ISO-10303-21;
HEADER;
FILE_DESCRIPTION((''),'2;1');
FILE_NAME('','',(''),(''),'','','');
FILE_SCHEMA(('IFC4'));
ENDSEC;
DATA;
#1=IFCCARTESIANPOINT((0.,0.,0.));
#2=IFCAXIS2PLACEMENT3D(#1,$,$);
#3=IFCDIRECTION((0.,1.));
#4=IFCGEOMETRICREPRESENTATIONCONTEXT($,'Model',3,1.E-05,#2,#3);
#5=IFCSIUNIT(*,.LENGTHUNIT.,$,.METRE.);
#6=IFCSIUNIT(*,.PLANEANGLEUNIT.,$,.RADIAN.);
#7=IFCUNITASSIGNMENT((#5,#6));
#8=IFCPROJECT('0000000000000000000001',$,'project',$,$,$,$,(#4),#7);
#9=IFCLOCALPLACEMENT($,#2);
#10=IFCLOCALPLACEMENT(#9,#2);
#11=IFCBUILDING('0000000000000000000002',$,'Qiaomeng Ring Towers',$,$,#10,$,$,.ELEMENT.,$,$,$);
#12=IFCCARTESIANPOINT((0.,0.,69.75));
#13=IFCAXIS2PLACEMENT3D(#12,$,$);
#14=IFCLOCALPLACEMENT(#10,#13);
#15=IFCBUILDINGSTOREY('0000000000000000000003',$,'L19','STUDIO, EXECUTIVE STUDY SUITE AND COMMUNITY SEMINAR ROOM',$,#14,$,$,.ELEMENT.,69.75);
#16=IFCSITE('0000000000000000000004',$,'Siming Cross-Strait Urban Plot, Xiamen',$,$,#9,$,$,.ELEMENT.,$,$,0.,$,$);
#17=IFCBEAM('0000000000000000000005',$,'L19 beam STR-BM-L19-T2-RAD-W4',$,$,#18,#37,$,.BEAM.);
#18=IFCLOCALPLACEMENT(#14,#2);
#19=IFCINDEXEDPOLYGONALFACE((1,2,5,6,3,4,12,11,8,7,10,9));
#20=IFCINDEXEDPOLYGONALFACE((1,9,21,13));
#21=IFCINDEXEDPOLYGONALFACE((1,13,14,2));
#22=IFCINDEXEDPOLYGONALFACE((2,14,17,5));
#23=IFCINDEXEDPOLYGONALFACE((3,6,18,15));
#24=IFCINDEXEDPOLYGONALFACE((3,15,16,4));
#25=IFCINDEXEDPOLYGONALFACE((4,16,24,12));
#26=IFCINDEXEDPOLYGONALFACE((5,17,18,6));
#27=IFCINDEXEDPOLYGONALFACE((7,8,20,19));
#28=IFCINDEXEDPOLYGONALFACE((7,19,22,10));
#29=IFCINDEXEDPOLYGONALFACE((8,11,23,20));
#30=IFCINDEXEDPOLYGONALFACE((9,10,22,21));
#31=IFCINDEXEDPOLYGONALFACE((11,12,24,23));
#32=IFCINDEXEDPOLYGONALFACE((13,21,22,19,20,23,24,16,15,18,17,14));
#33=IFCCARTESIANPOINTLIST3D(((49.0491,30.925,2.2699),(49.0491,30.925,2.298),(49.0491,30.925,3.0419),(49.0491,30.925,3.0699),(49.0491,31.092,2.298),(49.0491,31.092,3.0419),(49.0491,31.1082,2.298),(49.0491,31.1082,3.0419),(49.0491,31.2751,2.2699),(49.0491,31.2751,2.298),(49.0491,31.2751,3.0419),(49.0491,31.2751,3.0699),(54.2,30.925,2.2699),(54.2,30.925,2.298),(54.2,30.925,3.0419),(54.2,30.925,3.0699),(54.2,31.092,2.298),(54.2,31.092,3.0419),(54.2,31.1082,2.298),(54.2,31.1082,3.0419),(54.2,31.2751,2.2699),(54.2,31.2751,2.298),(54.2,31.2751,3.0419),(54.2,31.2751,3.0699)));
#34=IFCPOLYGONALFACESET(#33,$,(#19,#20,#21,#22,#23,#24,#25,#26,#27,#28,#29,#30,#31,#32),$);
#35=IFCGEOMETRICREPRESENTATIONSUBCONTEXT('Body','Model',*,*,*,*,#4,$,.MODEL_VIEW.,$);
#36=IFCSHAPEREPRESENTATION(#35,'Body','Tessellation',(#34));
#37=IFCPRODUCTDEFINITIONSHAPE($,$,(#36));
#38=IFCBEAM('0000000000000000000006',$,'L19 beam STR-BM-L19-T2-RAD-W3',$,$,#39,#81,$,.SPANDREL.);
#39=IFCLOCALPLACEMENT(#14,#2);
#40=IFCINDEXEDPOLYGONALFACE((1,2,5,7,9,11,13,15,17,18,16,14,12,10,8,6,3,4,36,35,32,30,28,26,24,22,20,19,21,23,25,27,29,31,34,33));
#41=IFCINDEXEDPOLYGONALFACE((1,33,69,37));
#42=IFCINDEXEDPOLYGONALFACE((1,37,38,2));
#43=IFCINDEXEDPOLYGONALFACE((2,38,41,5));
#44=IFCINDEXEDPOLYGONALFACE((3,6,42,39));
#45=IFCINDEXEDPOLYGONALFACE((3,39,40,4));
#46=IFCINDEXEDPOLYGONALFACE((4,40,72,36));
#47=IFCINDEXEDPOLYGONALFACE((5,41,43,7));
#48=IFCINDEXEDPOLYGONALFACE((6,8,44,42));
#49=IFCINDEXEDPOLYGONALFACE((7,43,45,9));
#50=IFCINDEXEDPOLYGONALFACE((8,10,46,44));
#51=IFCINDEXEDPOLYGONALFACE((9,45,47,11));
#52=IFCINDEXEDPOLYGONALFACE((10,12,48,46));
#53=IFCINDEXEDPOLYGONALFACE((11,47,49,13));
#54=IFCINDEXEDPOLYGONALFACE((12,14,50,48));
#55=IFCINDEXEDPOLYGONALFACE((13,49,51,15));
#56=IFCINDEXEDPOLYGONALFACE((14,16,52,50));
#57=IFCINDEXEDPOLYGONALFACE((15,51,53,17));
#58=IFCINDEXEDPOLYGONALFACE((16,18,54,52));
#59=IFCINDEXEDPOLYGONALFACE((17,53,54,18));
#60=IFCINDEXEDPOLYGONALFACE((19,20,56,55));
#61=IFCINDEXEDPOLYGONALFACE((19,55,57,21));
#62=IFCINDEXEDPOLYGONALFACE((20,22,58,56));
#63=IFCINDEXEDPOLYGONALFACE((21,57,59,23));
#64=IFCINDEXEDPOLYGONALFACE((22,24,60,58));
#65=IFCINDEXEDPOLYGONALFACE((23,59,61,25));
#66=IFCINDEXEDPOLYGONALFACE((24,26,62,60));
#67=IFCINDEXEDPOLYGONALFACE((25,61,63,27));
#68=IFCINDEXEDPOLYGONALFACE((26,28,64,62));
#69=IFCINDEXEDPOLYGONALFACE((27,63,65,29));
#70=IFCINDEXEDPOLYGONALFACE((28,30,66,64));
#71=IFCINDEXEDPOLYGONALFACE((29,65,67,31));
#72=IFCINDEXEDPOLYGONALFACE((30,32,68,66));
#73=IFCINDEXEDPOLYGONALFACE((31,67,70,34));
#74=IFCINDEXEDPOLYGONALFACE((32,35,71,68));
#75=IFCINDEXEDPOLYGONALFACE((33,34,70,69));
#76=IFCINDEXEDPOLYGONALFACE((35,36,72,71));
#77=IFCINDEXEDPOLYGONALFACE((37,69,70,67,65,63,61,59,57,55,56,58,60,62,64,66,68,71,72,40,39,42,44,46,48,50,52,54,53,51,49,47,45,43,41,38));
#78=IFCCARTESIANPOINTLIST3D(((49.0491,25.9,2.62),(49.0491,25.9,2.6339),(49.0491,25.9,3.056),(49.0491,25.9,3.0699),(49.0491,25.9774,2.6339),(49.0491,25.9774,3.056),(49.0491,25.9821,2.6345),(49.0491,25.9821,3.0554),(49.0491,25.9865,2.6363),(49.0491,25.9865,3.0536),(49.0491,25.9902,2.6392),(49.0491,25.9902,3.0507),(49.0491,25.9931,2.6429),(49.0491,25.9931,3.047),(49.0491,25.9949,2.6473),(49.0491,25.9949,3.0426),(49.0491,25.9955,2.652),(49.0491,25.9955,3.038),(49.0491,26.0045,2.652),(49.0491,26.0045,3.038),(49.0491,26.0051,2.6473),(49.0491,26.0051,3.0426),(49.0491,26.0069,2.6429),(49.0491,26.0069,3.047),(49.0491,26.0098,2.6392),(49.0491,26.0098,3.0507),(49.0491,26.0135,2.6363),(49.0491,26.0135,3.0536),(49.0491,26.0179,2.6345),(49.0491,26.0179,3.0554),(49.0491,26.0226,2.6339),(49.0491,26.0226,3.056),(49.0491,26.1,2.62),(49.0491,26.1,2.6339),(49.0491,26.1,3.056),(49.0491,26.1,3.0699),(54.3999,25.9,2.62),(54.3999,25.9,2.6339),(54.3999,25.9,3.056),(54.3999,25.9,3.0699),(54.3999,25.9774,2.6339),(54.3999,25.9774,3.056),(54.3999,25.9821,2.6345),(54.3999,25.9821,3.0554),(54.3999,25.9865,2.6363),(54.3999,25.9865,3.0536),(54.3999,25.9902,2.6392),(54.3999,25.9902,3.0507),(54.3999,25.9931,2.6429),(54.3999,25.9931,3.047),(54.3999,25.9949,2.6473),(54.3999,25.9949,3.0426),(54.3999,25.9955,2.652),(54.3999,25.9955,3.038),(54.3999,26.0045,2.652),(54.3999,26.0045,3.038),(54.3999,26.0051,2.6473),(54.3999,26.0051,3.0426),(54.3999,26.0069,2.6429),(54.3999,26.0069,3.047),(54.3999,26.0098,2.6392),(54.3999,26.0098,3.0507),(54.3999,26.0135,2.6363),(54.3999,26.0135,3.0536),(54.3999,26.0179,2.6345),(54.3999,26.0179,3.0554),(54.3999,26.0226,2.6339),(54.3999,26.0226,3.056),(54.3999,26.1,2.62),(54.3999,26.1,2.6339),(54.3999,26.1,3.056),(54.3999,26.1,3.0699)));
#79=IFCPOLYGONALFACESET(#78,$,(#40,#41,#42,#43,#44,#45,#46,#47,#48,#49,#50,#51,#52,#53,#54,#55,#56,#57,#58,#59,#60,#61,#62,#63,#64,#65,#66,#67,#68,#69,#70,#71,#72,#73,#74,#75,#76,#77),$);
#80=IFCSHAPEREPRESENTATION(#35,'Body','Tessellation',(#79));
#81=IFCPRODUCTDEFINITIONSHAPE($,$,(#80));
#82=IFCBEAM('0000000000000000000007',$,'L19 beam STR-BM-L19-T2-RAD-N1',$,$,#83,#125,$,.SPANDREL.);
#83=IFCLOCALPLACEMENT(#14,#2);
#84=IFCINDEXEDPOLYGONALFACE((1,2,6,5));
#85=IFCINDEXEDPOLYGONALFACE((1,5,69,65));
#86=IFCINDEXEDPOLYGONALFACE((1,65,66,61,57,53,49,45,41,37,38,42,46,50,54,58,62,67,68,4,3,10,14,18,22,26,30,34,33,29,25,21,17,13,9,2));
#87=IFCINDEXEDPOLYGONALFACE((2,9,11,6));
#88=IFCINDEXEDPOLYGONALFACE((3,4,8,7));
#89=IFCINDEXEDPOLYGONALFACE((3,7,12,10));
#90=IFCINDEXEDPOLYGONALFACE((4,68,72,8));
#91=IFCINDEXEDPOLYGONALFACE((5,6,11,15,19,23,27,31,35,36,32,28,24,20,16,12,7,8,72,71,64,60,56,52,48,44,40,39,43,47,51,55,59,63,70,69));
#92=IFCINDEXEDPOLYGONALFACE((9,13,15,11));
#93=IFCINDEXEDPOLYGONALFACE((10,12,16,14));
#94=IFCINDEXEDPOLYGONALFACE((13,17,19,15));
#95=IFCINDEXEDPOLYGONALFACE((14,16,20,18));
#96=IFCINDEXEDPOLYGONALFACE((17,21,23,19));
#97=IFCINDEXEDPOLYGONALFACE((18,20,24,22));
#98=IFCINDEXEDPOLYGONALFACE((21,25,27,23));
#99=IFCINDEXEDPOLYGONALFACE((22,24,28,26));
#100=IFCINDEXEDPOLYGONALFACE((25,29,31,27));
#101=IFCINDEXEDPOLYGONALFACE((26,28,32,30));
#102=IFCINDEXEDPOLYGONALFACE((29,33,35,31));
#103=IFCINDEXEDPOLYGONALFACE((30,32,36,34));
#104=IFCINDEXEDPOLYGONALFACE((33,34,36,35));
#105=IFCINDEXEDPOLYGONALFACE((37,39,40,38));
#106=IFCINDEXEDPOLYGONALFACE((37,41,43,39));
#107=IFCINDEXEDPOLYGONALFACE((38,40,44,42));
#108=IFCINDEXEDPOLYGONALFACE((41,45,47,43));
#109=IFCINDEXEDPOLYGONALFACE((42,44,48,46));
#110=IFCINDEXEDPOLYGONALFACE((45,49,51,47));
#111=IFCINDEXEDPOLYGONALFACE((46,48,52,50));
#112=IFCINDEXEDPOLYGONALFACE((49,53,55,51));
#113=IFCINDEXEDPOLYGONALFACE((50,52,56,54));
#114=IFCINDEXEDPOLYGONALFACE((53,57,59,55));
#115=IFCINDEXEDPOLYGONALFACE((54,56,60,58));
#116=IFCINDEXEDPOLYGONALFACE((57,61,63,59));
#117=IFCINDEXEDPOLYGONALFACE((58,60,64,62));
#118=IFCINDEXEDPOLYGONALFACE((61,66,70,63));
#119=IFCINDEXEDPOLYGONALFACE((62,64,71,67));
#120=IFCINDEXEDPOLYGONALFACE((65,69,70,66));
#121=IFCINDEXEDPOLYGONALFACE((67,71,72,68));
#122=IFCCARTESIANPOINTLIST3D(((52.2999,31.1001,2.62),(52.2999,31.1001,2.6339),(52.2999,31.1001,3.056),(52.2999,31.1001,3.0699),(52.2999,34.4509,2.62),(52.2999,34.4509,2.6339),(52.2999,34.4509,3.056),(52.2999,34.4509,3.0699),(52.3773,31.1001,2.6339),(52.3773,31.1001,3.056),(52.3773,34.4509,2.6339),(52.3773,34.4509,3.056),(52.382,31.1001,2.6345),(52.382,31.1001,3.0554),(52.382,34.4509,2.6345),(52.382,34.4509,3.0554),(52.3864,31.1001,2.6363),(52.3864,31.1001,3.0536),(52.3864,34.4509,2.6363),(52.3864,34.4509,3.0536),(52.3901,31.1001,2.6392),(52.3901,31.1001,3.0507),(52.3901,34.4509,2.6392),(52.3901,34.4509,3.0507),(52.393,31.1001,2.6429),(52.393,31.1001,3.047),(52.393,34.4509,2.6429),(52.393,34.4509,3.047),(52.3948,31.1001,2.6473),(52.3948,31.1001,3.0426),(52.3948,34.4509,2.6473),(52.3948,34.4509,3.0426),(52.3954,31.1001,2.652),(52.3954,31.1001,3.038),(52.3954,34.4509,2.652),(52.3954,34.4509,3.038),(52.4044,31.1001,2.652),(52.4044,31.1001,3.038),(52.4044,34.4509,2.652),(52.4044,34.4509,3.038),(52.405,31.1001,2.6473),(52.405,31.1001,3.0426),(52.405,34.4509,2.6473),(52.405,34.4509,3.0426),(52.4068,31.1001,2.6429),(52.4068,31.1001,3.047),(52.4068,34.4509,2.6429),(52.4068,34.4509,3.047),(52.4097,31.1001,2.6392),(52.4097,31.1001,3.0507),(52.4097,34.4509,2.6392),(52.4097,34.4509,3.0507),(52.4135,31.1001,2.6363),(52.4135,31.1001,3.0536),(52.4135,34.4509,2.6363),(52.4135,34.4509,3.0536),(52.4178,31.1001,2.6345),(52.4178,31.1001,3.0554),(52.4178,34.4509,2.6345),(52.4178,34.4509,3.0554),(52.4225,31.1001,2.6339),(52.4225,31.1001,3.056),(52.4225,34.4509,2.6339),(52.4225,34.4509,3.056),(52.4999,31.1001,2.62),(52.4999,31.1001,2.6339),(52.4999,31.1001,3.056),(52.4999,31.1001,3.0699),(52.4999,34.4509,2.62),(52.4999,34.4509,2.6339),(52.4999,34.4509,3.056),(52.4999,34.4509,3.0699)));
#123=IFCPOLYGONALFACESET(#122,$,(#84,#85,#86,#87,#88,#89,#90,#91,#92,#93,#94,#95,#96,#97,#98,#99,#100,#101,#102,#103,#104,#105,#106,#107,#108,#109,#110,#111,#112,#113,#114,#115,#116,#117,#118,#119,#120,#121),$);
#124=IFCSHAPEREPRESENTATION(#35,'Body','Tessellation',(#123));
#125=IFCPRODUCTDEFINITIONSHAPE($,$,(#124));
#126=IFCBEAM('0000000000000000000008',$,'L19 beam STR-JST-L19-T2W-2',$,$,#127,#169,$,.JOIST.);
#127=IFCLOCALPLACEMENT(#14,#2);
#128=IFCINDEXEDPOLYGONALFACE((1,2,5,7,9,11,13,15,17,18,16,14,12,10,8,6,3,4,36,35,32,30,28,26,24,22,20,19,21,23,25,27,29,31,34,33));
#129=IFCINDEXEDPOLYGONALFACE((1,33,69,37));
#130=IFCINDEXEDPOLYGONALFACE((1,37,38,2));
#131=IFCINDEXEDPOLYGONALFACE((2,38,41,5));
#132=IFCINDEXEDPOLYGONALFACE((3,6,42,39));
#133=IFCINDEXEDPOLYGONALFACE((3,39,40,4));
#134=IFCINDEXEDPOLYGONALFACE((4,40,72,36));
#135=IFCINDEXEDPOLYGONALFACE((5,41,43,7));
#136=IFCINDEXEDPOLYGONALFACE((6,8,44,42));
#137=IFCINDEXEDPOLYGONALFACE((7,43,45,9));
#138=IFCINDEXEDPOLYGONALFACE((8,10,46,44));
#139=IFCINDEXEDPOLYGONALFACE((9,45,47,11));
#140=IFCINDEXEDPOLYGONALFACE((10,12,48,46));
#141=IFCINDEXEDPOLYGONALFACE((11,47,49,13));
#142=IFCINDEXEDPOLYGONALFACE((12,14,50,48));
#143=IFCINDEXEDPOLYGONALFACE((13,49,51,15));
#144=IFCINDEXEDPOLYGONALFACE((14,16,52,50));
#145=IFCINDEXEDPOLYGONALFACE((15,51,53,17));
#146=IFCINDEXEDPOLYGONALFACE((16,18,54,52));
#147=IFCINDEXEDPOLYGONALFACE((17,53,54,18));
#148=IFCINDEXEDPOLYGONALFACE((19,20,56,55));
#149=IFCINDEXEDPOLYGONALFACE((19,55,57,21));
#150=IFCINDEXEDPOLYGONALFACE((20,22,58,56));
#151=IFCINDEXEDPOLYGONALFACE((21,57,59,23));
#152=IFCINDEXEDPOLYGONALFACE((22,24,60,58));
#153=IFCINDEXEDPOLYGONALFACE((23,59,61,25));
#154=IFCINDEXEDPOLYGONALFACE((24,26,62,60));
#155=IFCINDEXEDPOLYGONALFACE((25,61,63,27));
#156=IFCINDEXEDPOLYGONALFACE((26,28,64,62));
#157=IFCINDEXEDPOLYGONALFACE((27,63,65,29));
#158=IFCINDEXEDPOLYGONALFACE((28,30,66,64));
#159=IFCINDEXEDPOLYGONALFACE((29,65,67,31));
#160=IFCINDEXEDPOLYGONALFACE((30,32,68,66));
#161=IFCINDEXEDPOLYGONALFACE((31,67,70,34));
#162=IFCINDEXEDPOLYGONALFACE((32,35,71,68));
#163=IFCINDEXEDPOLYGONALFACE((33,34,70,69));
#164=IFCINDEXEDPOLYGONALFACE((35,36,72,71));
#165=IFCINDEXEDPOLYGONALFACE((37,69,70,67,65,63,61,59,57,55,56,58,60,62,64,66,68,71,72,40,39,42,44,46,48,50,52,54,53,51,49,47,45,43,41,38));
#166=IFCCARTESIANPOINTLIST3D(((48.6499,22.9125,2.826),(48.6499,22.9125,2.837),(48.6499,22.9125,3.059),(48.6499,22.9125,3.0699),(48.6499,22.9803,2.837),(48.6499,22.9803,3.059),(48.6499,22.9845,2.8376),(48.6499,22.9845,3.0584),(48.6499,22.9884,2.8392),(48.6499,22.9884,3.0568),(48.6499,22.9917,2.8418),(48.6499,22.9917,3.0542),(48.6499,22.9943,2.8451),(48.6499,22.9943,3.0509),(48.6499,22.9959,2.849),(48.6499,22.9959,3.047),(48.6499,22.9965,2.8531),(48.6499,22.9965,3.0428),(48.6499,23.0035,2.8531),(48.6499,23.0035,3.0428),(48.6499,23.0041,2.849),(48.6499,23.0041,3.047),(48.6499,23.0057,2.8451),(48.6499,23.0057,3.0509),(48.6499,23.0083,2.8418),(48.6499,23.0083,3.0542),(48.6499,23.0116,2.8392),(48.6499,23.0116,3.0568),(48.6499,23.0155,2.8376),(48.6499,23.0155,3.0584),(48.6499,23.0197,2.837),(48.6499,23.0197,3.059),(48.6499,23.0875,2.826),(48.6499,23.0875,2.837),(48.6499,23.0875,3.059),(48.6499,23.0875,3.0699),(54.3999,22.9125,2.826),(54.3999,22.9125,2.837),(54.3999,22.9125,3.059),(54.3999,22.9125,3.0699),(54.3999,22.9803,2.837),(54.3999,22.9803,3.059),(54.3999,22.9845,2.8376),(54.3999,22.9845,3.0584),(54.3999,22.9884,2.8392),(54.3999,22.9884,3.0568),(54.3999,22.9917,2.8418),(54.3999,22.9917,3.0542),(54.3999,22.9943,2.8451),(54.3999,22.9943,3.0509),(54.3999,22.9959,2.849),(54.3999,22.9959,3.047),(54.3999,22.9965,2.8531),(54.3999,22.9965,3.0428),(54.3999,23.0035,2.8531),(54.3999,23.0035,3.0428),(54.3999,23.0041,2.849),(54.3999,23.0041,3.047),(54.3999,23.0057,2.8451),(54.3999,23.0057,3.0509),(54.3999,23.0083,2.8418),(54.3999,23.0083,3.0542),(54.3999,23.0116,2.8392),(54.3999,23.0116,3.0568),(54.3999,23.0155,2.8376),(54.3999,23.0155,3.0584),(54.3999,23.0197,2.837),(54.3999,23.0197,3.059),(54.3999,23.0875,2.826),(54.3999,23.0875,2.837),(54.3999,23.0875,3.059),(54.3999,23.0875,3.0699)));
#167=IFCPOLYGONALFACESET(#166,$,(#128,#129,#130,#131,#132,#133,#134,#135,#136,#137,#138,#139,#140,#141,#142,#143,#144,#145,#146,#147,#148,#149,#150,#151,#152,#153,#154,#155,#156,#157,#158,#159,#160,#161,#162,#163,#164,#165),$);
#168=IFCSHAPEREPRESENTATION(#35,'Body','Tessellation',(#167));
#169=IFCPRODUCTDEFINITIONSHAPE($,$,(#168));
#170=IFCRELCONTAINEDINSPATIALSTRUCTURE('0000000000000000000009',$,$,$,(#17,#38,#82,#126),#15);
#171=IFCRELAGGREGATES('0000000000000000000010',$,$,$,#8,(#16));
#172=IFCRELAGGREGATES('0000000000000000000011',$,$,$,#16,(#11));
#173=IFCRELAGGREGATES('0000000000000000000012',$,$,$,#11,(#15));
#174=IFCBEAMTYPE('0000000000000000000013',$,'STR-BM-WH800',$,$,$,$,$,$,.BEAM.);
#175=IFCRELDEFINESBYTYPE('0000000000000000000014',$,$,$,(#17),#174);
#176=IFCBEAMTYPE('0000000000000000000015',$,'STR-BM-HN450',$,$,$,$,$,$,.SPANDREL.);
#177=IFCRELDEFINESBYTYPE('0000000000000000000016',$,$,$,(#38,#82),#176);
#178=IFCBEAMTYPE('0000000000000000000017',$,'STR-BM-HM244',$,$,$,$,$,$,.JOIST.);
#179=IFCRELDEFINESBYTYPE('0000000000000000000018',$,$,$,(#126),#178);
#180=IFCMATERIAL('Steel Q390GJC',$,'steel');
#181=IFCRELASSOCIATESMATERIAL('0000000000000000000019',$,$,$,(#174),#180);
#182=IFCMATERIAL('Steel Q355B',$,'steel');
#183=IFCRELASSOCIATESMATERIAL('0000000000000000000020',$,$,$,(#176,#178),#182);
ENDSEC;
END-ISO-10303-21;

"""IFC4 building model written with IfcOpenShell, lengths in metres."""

from ifc_helpers import new_model, si_unit, direction, frame, origin, origin_2d, place, context, subcontext, project, spatial, i_section, extrude, source, transform, mapped, material, material_profile, profile_set, type_object, element, save


model = new_model("IFC4")

# Units and contexts
model_context = context("Model", 3, precision=1e-05, world=origin(), true_north=direction((0.0, 1.0)))
body_context = subcontext(model_context, "Body", "Model", "MODEL_VIEW")
ifc_project = project(units=[si_unit("LENGTHUNIT", "METRE"), si_unit("PLANEANGLEUNIT", "RADIAN")], contexts=[model_context])

# Site, building, storey
site_placement = place(None, origin())
site = spatial("IfcSite", under=ifc_project, at=site_placement, Name="Siming Cross-Strait Urban Plot, Xiamen", CompositionType="ELEMENT", RefElevation=0.0)
building_placement = place(site_placement, origin())
building = spatial("IfcBuilding", under=site, at=building_placement, Name="Qiaomeng Ring Towers", CompositionType="ELEMENT")
storey_placement = place(building_placement, frame((0.0, 0.0, 69.75)))
storey = spatial("IfcBuildingStorey", under=building, at=storey_placement, Name="L19", Description="STUDIO, EXECUTIVE STUDY SUITE AND COMMUNITY SEMINAR ROOM", CompositionType="ELEMENT", Elevation=69.75)

# Beams
ifc_material_1 = material(Name="Steel Q355B", Category="steel")
ifc_material_2 = material(Name="Steel Q390GJC", Category="steel")
ifc_material_profile_1 = material_profile(ifc_material_2, i_section(OverallWidth=0.3501, OverallDepth=0.8, WebThickness=0.0161, FlangeThickness=0.0281, at=origin_2d()), Name="WH 800x350x16x28")
ifc_profile_set_1 = profile_set([ifc_material_profile_1], Name="Steel Q390GJC")
beam_type_1 = type_object("IfcBeamType", Name="STR-BM-WH800", PredefinedType="BEAM", material=ifc_profile_set_1)
shared_shape_1 = source(origin(), body_context, "Body", "SweptSolid", [
    extrude(i_section(OverallWidth=0.3501, OverallDepth=0.8, WebThickness=0.0161, FlangeThickness=0.0281, at=origin_2d()), origin(), (0.0, 0.0, 1.0), 5.1509),
])
beam_1_placement = place(storey_placement, frame((49.0491, 31.1001, 2.6699), z_axis=(1.0, 0.0, 0.0), x_axis=(0.0, 1.0, 0.0)))
element("IfcBeam", 1, at=beam_1_placement, inside=storey, type_object=beam_type_1, Name="L19 beam STR-BM-L19-T2-RAD-W4", PredefinedType="BEAM", context=body_context, shape_type="MappedRepresentation", body=[
    mapped(shared_shape_1, transform((0.0, 0.0, 0.0), x_axis=(1.0, 0.0, 0.0), y_axis=(0.0, 1.0, 0.0), z_axis=(0.0, 0.0, 1.0), scale=1.0)),
])
ifc_material_profile_2 = material_profile(ifc_material_1, i_section(OverallWidth=0.2, OverallDepth=0.45, WebThickness=0.009, FlangeThickness=0.0139, FilletRadius=0.0181, at=origin_2d()), Name="HN 450x200x9x14")
ifc_profile_set_2 = profile_set([ifc_material_profile_2], Name="Steel Q355B")
beam_type_2 = type_object("IfcBeamType", Name="STR-BM-HN450", PredefinedType="SPANDREL", material=ifc_profile_set_2)
shared_shape_2 = source(origin(), body_context, "Body", "SweptSolid", [
    extrude(i_section(OverallWidth=0.2, OverallDepth=0.45, WebThickness=0.009, FlangeThickness=0.0139, FilletRadius=0.0181, at=origin_2d()), origin(), (0.0, 0.0, 1.0), 5.3508),
])
beam_2_placement = place(storey_placement, frame((49.0491, 26.0, 2.845), z_axis=(1.0, 0.0, 0.0), x_axis=(0.0, 1.0, 0.0)))
element("IfcBeam", 2, at=beam_2_placement, inside=storey, type_object=beam_type_2, Name="L19 beam STR-BM-L19-T2-RAD-W3", PredefinedType="SPANDREL", context=body_context, shape_type="MappedRepresentation", body=[
    mapped(shared_shape_2, transform((0.0, 0.0, 0.0), x_axis=(1.0, 0.0, 0.0), y_axis=(0.0, 1.0, 0.0), z_axis=(0.0, 0.0, 1.0), scale=1.0)),
])
shared_shape_3 = source(origin(), body_context, "Body", "SweptSolid", [
    extrude(i_section(OverallWidth=0.2, OverallDepth=0.45, WebThickness=0.009, FlangeThickness=0.0139, FilletRadius=0.0181, at=origin_2d()), origin(), (0.0, 0.0, 1.0), 3.3508),
])
beam_3_placement = place(storey_placement, frame((52.3999, 34.4509, 2.845), z_axis=(0.0, -1.0, 0.0), x_axis=(1.0, 0.0, 0.0)))
element("IfcBeam", 3, at=beam_3_placement, inside=storey, type_object=beam_type_2, Name="L19 beam STR-BM-L19-T2-RAD-N1", PredefinedType="SPANDREL", context=body_context, shape_type="MappedRepresentation", body=[
    mapped(shared_shape_3, transform((0.0, 0.0, 0.0), x_axis=(1.0, 0.0, 0.0), y_axis=(0.0, 1.0, 0.0), z_axis=(0.0, 0.0, 1.0), scale=1.0)),
])
ifc_material_profile_3 = material_profile(ifc_material_1, i_section(OverallWidth=0.175, OverallDepth=0.2439, WebThickness=0.0071, FlangeThickness=0.011, FilletRadius=0.0161, at=origin_2d()), Name="HM 244x175x7x11")
ifc_profile_set_3 = profile_set([ifc_material_profile_3], Name="Steel Q355B")
beam_type_3 = type_object("IfcBeamType", Name="STR-BM-HM244", PredefinedType="JOIST", material=ifc_profile_set_3)
shared_shape_4 = source(origin(), body_context, "Body", "SweptSolid", [
    extrude(i_section(OverallWidth=0.175, OverallDepth=0.2439, WebThickness=0.0071, FlangeThickness=0.011, FilletRadius=0.0161, at=origin_2d()), origin(), (0.0, 0.0, 1.0), 5.75),
])
for number, where, z_axis, x_axis, name in (
    (4, (48.6499, 23.0, 2.948), (1.0, 0.0, 0.0), (0.0, 1.0, 0.0), "L19 beam STR-JST-L19-T2W-2"),
):
    element("IfcBeam", number, at=place(storey_placement, frame(where, z_axis=z_axis, x_axis=x_axis)), inside=storey, type_object=beam_type_3, Name=name, PredefinedType="JOIST", context=body_context, shape_type="MappedRepresentation", body=[
        mapped(shared_shape_4, transform((0.0, 0.0, 0.0), x_axis=(1.0, 0.0, 0.0), y_axis=(0.0, 1.0, 0.0), z_axis=(0.0, 0.0, 1.0), scale=1.0)),
    ])

save(model, "model.ifc")
